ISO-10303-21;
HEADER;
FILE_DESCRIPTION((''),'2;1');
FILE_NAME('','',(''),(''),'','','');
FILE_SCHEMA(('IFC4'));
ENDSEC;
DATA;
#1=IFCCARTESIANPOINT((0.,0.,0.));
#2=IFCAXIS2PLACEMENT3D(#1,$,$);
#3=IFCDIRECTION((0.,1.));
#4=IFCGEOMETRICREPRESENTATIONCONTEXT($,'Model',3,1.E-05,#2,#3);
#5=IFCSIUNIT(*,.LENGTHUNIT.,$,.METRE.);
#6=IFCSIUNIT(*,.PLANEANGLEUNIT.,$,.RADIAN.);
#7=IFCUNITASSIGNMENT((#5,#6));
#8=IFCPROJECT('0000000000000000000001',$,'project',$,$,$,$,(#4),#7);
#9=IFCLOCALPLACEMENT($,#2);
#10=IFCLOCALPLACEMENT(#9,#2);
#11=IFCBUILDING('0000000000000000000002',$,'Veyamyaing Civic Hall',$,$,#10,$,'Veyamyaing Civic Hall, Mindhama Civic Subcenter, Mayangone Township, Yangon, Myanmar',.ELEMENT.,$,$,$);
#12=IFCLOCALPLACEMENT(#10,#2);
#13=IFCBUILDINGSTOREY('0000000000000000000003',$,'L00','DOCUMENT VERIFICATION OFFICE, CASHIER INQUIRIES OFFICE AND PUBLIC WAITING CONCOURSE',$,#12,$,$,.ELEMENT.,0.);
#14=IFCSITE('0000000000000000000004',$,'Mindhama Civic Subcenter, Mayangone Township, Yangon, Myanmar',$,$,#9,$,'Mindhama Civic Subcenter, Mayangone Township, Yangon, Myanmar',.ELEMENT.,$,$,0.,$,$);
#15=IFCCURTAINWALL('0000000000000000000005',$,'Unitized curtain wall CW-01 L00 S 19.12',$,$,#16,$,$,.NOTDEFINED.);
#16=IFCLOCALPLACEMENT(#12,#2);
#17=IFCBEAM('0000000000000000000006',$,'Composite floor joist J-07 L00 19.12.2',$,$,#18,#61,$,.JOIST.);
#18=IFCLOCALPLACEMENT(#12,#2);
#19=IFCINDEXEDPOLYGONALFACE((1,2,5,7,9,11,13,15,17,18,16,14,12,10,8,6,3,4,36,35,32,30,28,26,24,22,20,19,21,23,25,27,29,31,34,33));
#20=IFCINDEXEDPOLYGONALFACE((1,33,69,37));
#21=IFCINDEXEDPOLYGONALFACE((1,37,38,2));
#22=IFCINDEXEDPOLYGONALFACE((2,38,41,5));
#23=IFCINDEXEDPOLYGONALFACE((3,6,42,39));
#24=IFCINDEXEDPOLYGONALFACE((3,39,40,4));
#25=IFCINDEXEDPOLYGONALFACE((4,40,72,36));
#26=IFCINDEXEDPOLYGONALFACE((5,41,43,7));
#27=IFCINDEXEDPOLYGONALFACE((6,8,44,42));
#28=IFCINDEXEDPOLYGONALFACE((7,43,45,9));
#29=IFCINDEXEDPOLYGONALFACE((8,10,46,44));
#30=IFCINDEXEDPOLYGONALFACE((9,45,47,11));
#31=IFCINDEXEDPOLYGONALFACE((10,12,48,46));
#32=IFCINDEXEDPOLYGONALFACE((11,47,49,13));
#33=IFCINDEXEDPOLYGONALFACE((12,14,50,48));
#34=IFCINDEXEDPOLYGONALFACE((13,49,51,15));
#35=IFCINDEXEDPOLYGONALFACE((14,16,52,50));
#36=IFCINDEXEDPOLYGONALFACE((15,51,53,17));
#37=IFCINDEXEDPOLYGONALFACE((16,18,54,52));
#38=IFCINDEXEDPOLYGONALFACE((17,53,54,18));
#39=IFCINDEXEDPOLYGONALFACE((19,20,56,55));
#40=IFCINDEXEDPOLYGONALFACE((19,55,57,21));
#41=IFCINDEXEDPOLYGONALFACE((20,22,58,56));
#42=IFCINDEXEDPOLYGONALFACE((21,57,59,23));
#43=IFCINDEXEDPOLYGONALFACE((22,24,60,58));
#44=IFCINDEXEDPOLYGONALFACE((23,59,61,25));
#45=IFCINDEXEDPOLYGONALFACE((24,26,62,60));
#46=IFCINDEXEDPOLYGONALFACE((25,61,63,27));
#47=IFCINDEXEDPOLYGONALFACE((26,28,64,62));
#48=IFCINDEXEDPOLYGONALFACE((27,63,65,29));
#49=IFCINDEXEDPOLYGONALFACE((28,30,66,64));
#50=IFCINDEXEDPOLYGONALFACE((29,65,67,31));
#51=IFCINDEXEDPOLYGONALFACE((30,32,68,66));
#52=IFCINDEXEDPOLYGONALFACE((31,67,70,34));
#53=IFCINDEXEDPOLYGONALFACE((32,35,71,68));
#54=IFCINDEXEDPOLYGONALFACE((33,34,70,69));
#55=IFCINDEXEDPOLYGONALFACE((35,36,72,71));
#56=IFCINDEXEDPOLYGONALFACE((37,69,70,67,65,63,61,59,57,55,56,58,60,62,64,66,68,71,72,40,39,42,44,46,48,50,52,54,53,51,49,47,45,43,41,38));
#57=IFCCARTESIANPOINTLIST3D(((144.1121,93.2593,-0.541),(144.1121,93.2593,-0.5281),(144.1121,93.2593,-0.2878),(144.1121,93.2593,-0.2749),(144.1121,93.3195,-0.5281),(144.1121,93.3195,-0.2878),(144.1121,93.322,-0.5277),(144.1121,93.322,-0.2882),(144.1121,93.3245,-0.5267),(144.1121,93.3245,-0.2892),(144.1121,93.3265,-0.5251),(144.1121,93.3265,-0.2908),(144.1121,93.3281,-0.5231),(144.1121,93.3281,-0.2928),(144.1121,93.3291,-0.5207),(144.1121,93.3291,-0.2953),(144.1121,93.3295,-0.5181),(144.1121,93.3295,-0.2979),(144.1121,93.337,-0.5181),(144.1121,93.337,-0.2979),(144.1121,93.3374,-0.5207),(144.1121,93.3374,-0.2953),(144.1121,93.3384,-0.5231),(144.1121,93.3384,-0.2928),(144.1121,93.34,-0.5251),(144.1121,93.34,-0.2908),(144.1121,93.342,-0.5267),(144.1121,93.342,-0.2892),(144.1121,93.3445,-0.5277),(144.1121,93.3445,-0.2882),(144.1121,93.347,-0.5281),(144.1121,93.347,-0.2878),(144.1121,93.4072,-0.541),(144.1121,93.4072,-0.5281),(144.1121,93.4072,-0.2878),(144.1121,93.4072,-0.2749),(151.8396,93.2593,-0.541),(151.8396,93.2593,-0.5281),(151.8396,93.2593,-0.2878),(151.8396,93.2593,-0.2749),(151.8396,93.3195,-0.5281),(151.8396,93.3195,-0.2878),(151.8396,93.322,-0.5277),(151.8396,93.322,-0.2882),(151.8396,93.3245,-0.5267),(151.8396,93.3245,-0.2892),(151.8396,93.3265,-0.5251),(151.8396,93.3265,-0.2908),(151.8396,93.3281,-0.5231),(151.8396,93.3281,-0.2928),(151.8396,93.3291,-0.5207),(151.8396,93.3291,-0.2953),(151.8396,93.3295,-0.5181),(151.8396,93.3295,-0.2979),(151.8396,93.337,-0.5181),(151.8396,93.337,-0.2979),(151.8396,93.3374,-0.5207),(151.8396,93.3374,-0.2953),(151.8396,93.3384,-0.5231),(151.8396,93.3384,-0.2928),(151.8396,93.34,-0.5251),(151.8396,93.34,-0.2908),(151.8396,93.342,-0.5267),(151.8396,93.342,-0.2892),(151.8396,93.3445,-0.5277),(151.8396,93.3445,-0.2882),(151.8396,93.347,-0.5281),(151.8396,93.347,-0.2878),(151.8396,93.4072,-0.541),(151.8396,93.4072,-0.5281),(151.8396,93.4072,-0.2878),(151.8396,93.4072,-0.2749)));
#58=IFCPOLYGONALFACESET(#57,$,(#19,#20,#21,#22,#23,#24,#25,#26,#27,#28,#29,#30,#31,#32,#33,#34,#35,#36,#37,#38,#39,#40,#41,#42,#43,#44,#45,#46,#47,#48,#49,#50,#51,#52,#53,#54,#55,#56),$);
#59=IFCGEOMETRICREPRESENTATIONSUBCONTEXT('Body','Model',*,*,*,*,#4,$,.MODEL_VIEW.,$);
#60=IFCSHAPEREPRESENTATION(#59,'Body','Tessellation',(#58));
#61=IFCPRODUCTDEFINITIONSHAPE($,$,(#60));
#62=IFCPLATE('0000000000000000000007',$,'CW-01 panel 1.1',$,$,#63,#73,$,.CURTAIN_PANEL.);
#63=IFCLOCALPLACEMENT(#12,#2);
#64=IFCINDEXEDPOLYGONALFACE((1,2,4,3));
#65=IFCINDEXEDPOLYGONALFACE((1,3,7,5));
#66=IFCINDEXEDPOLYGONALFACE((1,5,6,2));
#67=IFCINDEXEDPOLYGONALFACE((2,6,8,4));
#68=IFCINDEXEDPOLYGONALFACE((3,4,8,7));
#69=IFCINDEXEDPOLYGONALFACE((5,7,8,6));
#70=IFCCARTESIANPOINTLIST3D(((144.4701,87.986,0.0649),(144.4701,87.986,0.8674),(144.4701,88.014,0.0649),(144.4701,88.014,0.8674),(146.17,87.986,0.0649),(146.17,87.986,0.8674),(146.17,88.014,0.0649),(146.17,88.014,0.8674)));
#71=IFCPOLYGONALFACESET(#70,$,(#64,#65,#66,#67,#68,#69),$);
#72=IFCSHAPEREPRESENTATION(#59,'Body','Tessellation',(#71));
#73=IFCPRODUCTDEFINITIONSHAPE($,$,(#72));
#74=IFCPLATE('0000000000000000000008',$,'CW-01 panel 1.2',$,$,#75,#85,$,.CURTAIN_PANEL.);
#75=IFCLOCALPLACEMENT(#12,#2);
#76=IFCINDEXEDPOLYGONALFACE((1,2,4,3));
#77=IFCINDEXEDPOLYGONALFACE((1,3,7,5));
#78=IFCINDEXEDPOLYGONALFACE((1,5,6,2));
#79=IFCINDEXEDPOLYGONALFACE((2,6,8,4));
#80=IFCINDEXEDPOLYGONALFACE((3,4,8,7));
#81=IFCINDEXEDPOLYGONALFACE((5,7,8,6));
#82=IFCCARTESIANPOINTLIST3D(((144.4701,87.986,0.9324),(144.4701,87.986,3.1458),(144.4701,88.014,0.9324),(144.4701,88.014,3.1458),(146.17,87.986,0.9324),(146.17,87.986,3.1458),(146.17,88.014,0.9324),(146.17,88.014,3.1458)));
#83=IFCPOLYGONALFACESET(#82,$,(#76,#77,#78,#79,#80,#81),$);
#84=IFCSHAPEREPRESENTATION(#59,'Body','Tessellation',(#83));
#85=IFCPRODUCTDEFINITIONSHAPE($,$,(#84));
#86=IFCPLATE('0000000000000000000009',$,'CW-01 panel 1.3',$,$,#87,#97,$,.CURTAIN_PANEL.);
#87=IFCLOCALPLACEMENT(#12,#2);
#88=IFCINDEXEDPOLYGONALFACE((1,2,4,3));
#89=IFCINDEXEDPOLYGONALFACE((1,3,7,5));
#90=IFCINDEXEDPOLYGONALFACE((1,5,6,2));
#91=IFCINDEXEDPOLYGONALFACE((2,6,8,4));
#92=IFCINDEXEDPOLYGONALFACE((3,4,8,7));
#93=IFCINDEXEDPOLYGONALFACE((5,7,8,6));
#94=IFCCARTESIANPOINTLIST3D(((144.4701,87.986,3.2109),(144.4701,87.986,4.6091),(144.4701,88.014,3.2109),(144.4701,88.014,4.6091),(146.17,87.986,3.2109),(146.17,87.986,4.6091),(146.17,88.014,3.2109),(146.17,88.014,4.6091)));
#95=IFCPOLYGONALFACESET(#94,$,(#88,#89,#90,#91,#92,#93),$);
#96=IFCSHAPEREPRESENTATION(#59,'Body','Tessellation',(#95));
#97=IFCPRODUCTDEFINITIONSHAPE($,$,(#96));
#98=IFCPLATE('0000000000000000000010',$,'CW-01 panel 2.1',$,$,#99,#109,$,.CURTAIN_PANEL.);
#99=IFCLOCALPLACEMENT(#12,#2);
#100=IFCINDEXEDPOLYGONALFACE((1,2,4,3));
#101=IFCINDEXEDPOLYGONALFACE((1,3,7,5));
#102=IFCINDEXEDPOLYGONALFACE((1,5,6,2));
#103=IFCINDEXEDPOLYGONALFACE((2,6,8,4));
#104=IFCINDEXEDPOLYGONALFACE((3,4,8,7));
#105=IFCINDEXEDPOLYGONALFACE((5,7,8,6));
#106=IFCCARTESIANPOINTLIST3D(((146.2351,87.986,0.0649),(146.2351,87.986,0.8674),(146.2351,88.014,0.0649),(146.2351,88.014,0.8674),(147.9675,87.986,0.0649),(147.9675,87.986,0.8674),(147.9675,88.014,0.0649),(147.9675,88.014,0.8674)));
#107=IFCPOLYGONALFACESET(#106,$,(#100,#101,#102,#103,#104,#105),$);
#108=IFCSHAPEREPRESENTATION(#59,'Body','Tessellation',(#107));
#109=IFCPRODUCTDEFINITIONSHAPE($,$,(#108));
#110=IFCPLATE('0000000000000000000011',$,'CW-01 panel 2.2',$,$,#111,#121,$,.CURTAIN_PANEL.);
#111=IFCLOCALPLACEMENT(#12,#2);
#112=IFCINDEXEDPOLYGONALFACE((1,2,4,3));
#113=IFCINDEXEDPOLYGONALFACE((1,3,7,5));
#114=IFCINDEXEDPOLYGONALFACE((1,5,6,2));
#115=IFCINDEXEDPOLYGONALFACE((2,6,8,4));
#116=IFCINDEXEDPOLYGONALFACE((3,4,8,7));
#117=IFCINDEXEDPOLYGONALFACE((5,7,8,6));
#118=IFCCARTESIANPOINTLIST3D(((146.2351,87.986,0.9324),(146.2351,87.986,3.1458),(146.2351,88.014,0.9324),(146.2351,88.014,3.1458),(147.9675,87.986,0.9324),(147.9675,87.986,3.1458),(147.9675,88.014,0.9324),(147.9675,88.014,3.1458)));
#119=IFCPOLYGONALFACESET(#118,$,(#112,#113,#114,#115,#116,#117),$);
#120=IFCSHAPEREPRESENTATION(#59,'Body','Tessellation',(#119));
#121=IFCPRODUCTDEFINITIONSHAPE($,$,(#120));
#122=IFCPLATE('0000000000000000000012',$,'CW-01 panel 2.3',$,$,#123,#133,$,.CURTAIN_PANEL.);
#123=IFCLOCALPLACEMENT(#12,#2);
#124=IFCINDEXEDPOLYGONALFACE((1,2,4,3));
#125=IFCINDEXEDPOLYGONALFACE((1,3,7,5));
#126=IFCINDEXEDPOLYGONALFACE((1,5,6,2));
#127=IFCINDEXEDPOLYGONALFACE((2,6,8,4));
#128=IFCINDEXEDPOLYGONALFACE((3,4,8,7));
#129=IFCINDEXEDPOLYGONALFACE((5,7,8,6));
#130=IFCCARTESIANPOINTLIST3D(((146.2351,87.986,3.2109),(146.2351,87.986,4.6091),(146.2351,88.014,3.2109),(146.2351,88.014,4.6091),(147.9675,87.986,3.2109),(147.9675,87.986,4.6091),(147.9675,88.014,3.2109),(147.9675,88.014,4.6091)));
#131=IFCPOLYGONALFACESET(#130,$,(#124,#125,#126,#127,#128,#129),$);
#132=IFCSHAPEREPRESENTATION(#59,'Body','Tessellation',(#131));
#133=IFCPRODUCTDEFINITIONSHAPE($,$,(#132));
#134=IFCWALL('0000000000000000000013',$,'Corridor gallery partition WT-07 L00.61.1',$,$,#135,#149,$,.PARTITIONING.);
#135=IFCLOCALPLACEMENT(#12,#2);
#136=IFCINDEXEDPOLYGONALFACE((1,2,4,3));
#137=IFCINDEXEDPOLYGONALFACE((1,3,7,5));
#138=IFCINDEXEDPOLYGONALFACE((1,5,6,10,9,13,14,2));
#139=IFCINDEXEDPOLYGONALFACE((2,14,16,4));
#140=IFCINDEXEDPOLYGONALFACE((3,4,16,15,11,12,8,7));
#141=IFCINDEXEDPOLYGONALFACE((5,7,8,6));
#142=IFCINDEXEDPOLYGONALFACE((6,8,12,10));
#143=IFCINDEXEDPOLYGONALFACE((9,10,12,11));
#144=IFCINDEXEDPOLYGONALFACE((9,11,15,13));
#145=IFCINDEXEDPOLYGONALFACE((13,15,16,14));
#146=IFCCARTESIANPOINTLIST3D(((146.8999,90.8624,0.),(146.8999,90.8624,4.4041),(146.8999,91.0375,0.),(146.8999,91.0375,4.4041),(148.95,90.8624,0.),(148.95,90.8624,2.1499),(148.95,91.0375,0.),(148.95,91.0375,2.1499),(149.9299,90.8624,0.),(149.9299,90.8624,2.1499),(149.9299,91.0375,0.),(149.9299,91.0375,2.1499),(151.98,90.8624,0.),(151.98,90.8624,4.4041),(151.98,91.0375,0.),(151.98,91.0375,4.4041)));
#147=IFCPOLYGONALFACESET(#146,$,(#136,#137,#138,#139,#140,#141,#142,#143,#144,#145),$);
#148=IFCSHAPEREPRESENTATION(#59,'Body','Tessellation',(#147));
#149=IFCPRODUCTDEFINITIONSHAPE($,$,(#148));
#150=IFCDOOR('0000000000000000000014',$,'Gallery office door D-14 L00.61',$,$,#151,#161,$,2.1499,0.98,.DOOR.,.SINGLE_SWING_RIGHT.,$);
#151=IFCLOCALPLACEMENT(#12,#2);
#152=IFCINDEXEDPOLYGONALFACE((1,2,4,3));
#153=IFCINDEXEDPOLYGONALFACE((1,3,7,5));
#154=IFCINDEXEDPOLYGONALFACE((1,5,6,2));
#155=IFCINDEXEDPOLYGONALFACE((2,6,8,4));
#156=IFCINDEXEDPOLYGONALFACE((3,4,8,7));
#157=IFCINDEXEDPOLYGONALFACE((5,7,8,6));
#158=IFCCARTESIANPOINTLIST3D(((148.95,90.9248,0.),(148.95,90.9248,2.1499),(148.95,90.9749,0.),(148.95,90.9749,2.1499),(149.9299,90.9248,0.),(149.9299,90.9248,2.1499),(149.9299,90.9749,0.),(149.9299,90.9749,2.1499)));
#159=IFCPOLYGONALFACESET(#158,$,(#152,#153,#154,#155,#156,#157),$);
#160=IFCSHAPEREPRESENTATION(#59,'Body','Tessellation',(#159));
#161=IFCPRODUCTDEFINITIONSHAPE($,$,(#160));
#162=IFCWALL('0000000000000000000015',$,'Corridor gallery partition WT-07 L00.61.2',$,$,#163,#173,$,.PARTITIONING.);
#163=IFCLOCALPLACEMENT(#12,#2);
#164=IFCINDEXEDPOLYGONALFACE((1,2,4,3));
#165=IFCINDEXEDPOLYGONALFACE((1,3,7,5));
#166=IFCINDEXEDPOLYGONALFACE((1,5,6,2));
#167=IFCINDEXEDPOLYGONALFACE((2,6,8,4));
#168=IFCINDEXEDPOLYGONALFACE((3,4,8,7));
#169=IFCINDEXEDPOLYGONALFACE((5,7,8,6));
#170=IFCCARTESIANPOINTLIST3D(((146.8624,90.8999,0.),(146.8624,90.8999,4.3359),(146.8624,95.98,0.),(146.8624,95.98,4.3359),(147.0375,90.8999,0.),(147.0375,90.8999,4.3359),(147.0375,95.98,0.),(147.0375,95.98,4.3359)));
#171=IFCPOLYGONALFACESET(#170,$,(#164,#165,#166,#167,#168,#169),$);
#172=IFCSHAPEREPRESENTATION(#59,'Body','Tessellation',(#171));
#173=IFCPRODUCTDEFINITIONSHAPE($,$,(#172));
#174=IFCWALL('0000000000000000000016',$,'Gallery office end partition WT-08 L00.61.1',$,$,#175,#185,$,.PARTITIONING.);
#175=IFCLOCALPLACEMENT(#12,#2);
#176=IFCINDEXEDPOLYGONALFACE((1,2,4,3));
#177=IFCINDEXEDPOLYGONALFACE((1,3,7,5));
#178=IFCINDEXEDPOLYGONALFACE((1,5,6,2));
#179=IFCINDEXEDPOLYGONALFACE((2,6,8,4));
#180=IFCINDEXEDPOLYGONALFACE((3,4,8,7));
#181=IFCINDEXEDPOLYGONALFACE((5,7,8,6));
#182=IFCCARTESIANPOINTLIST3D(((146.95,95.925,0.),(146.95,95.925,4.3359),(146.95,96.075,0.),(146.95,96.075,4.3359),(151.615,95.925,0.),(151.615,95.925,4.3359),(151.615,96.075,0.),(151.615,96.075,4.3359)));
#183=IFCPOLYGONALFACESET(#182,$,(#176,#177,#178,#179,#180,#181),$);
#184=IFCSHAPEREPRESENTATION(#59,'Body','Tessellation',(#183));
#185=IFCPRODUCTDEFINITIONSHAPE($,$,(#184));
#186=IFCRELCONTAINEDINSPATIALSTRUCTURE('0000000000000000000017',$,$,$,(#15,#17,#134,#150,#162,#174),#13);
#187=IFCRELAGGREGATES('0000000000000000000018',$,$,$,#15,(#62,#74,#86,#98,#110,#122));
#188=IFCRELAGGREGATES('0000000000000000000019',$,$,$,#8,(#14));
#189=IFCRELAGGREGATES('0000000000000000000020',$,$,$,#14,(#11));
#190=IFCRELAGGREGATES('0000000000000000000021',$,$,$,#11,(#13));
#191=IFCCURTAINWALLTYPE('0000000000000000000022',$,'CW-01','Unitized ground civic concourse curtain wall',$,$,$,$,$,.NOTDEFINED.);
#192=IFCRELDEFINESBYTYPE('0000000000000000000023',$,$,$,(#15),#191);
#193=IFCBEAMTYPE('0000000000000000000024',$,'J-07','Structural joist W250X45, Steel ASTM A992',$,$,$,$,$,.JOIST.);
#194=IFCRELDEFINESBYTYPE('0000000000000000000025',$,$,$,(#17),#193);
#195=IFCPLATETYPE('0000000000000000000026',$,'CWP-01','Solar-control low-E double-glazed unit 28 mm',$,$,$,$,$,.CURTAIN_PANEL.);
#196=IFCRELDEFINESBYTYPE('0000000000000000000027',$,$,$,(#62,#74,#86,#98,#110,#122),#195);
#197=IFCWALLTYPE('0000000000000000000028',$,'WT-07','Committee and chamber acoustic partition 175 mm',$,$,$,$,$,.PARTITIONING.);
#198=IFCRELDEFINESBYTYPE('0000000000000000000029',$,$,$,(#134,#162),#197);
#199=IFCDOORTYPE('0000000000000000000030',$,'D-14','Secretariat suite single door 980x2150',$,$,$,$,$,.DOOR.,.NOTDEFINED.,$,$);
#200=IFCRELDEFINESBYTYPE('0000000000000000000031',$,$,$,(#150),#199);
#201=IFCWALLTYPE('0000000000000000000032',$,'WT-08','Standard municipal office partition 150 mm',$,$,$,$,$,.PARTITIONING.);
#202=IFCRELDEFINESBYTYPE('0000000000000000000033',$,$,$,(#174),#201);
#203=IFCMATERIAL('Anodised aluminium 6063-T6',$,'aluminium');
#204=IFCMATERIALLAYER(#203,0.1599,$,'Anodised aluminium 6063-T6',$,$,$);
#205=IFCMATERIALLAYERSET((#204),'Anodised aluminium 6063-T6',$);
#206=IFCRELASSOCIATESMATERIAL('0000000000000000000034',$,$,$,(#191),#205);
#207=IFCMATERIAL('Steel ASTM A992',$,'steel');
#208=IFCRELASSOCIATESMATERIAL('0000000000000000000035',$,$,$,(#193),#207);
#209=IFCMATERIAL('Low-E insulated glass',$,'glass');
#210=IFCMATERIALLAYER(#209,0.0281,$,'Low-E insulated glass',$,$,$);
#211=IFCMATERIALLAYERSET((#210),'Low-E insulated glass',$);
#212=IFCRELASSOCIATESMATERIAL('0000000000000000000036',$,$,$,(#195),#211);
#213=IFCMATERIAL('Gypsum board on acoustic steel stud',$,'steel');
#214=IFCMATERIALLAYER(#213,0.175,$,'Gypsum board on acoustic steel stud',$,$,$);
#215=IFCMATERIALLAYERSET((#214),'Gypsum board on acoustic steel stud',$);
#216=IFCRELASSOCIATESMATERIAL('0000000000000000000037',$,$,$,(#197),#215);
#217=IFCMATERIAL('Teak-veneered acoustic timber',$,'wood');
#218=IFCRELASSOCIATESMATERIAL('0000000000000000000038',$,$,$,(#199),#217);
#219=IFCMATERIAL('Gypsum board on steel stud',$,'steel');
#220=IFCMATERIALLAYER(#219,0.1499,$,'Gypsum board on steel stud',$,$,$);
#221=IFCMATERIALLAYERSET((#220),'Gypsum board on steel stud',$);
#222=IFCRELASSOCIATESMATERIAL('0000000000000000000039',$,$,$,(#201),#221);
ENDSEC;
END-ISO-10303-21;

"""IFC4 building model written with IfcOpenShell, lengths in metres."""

from ifc_helpers import new_model, si_unit, direction, frame, frame_2d, origin, origin_2d, place, context, subcontext, project, spatial, rectangle, i_section, extrude, material, layer, layer_set, material_profile, profile_set, type_object, element, fill, aggregate, save


model = new_model("IFC4")

# Units and contexts
model_context = context("Model", 3, precision=1e-05, world=origin(), true_north=direction((0.0, 1.0)))
body_context = subcontext(model_context, "Body", "Model", "MODEL_VIEW")
ifc_project = project(units=[si_unit("LENGTHUNIT", "METRE"), si_unit("PLANEANGLEUNIT", "RADIAN")], contexts=[model_context])

# Site, building, storey
site_placement = place(None, origin())
site = spatial("IfcSite", under=ifc_project, at=site_placement, Name="Mindhama Civic Subcenter, Mayangone Township, Yangon, Myanmar", LongName="Mindhama Civic Subcenter, Mayangone Township, Yangon, Myanmar", CompositionType="ELEMENT", RefElevation=0.0)
building_placement = place(site_placement, origin())
building = spatial("IfcBuilding", under=site, at=building_placement, Name="Veyamyaing Civic Hall", LongName="Veyamyaing Civic Hall, Mindhama Civic Subcenter, Mayangone Township, Yangon, Myanmar", CompositionType="ELEMENT")
storey_placement = place(building_placement, origin())
storey = spatial("IfcBuildingStorey", under=building, at=storey_placement, Name="L00", Description="DOCUMENT VERIFICATION OFFICE, CASHIER INQUIRIES OFFICE AND PUBLIC WAITING CONCOURSE", CompositionType="ELEMENT", Elevation=0.0)

# Shared definitions
ifc_material_1 = material(Name="Steel ASTM A992", Category="steel")

# Curtain wall
ifc_material_2 = material(Name="Anodised aluminium 6063-T6", Category="aluminium")
ifc_layer_1 = layer(ifc_material_2, 0.1599, Name="Anodised aluminium 6063-T6")
ifc_layer_set_1 = layer_set([ifc_layer_1], Name="Anodised aluminium 6063-T6")
curtain_wall_type = type_object("IfcCurtainWallType", Name="CW-01", Description="Unitized ground civic concourse curtain wall", PredefinedType="NOTDEFINED", material=ifc_layer_set_1)
curtain_wall_placement = place(storey_placement, origin())
curtain_wall = element("IfcCurtainWall", 1, at=curtain_wall_placement, inside=storey, type_object=curtain_wall_type, Name="Unitized curtain wall CW-01 L00 S 19.12", PredefinedType="NOTDEFINED")

# Beam
ifc_material_profile_1 = material_profile(ifc_material_1, i_section(OverallWidth=0.1479, OverallDepth=0.2661, WebThickness=0.0076, FlangeThickness=0.0129, FilletRadius=0.01, at=origin_2d()), Name="W250X45")
ifc_profile_set_1 = profile_set([ifc_material_profile_1], Name="Steel ASTM A992")
beam_type_1 = type_object("IfcBeamType", Name="J-07", Description="Structural joist W250X45, Steel ASTM A992", PredefinedType="JOIST", material=ifc_profile_set_1)
for number, where, z_axis, x_axis, name in (
    (2, (144.1121, 93.3333, -0.408), (1.0, 0.0, 0.0), (0.0, 1.0, 0.0), "Composite floor joist J-07 L00 19.12.2"),
):
    element("IfcBeam", number, at=place(storey_placement, frame(where, z_axis=z_axis, x_axis=x_axis)), inside=storey, type_object=beam_type_1, Name=name, PredefinedType="JOIST", context=body_context, shape_type="SweptSolid", body=[
        extrude(i_section(OverallWidth=0.1479, OverallDepth=0.2661, WebThickness=0.0076, FlangeThickness=0.0129, FilletRadius=0.01, at=origin_2d()), origin(), (0.0, 0.0, 1.0), 7.7275),
    ])

# Plates
ifc_material_3 = material(Name="Low-E insulated glass", Category="glass")
ifc_layer_2 = layer(ifc_material_3, 0.0281, Name="Low-E insulated glass")
ifc_layer_set_2 = layer_set([ifc_layer_2], Name="Low-E insulated glass")
plate_type = type_object("IfcPlateType", Name="CWP-01", Description="Solar-control low-E double-glazed unit 28 mm", PredefinedType="CURTAIN_PANEL", material=ifc_layer_set_2)
plate_1_placement = place(storey_placement, frame((145.3201, 88.0, 0.0649), z_axis=(0.0, 0.0, 1.0), x_axis=(1.0, 0.0, 0.0)))
plate_1 = element("IfcPlate", 3, at=plate_1_placement, type_object=plate_type, Name="CW-01 panel 1.1", PredefinedType="CURTAIN_PANEL", context=body_context, shape_type="SweptSolid", body=[
    extrude(rectangle(XDim=1.7, YDim=0.0281, at=origin_2d()), origin(), (0.0, 0.0, 1.0), 0.8025),
])
plate_2_placement = place(storey_placement, frame((145.3201, 88.0, 0.9324), z_axis=(0.0, 0.0, 1.0), x_axis=(1.0, 0.0, 0.0)))
plate_2 = element("IfcPlate", 4, at=plate_2_placement, type_object=plate_type, Name="CW-01 panel 1.2", PredefinedType="CURTAIN_PANEL", context=body_context, shape_type="SweptSolid", body=[
    extrude(rectangle(XDim=1.7, YDim=0.0281, at=origin_2d()), origin(), (0.0, 0.0, 1.0), 2.2134),
])
plate_3_placement = place(storey_placement, frame((145.3201, 88.0, 3.2109), z_axis=(0.0, 0.0, 1.0), x_axis=(1.0, 0.0, 0.0)))
plate_3 = element("IfcPlate", 5, at=plate_3_placement, type_object=plate_type, Name="CW-01 panel 1.3", PredefinedType="CURTAIN_PANEL", context=body_context, shape_type="SweptSolid", body=[
    extrude(rectangle(XDim=1.7, YDim=0.0281, at=origin_2d()), origin(), (0.0, 0.0, 1.0), 1.3982),
])
plate_4_placement = place(storey_placement, frame((147.1013, 88.0, 0.0649), z_axis=(0.0, 0.0, 1.0), x_axis=(1.0, 0.0, 0.0)))
plate_4 = element("IfcPlate", 6, at=plate_4_placement, type_object=plate_type, Name="CW-01 panel 2.1", PredefinedType="CURTAIN_PANEL", context=body_context, shape_type="SweptSolid", body=[
    extrude(rectangle(XDim=1.7324, YDim=0.0281, at=origin_2d()), origin(), (0.0, 0.0, 1.0), 0.8025),
])
plate_5_placement = place(storey_placement, frame((147.1013, 88.0, 0.9324), z_axis=(0.0, 0.0, 1.0), x_axis=(1.0, 0.0, 0.0)))
plate_5 = element("IfcPlate", 7, at=plate_5_placement, type_object=plate_type, Name="CW-01 panel 2.2", PredefinedType="CURTAIN_PANEL", context=body_context, shape_type="SweptSolid", body=[
    extrude(rectangle(XDim=1.7324, YDim=0.0281, at=origin_2d()), origin(), (0.0, 0.0, 1.0), 2.2134),
])
plate_6_placement = place(storey_placement, frame((147.1013, 88.0, 3.2109), z_axis=(0.0, 0.0, 1.0), x_axis=(1.0, 0.0, 0.0)))
plate_6 = element("IfcPlate", 8, at=plate_6_placement, type_object=plate_type, Name="CW-01 panel 2.3", PredefinedType="CURTAIN_PANEL", context=body_context, shape_type="SweptSolid", body=[
    extrude(rectangle(XDim=1.7324, YDim=0.0281, at=origin_2d()), origin(), (0.0, 0.0, 1.0), 1.3982),
])
aggregate(curtain_wall, [plate_1, plate_2, plate_3, plate_4, plate_5, plate_6])

# Wall, opening, door
ifc_material_4 = material(Name="Gypsum board on acoustic steel stud", Category="steel")
ifc_layer_3 = layer(ifc_material_4, 0.175, Name="Gypsum board on acoustic steel stud")
ifc_layer_set_3 = layer_set([ifc_layer_3], Name="Gypsum board on acoustic steel stud")
wall_type_1 = type_object("IfcWallType", Name="WT-07", Description="Committee and chamber acoustic partition 175 mm", PredefinedType="PARTITIONING", material=ifc_layer_set_3)
wall_1_placement = place(storey_placement, frame((146.8999, 90.95, 0.0), z_axis=(0.0, 0.0, 1.0), x_axis=(1.0, 0.0, 0.0)))
wall_1 = element("IfcWall", 9, at=wall_1_placement, inside=storey, type_object=wall_type_1, Name="Corridor gallery partition WT-07 L00.61.1", PredefinedType="PARTITIONING", context=body_context, shape_type="SweptSolid", body=[
    extrude(rectangle(XDim=5.0801, YDim=0.175, at=frame_2d((2.54, 0.0))), origin(), (0.0, 0.0, 1.0), 4.4041),
])
opening_placement = place(wall_1_placement, frame((2.05, 0.0, 0.0)))
opening = element("IfcOpeningElement", 10, at=opening_placement, cuts=wall_1, PredefinedType="OPENING", context=body_context, shape_type="SweptSolid", body=[
    extrude(rectangle(XDim=0.98, YDim=2.1499, at=frame_2d((0.49, 1.075))), frame((0.0, 0.0974, 0.0), z_axis=(0.0, -1.0, 0.0), x_axis=(1.0, 0.0, 0.0)), (0.0, 0.0, 1.0), 0.1951),
])
ifc_material_5 = material(Name="Teak-veneered acoustic timber", Category="wood")
door_type = type_object("IfcDoorType", Name="D-14", Description="Secretariat suite single door 980x2150", OperationType="NOTDEFINED", PredefinedType="DOOR", material=ifc_material_5)
door_placement = place(opening_placement, origin())
door = element("IfcDoor", 11, at=door_placement, inside=storey, type_object=door_type, Name="Gallery office door D-14 L00.61", OperationType="SINGLE_SWING_RIGHT", OverallHeight=2.1499, OverallWidth=0.98, PredefinedType="DOOR", context=body_context, shape_type="SweptSolid", body=[
    extrude(rectangle(XDim=0.98, YDim=2.1499, at=frame_2d((0.49, 1.075))), frame((0.0, 0.0249, 0.0), z_axis=(0.0, -1.0, 0.0), x_axis=(1.0, 0.0, 0.0)), (0.0, 0.0, 1.0), 0.05),
])
fill(opening, door)

# Walls
wall_2_placement = place(storey_placement, frame((146.95, 90.8999, 0.0), z_axis=(0.0, 0.0, 1.0), x_axis=(0.0, 1.0, 0.0)))
element("IfcWall", 12, at=wall_2_placement, inside=storey, type_object=wall_type_1, Name="Corridor gallery partition WT-07 L00.61.2", PredefinedType="PARTITIONING", context=body_context, shape_type="SweptSolid", body=[
    extrude(rectangle(XDim=5.0801, YDim=0.175, at=frame_2d((2.54, 0.0))), origin(), (0.0, 0.0, 1.0), 4.3359),
])
ifc_material_6 = material(Name="Gypsum board on steel stud", Category="steel")
ifc_layer_4 = layer(ifc_material_6, 0.1499, Name="Gypsum board on steel stud")
ifc_layer_set_4 = layer_set([ifc_layer_4], Name="Gypsum board on steel stud")
wall_type_2 = type_object("IfcWallType", Name="WT-08", Description="Standard municipal office partition 150 mm", PredefinedType="PARTITIONING", material=ifc_layer_set_4)
wall_3_placement = place(storey_placement, frame((146.95, 96.0, 0.0), z_axis=(0.0, 0.0, 1.0), x_axis=(1.0, 0.0, 0.0)))
element("IfcWall", 13, at=wall_3_placement, inside=storey, type_object=wall_type_2, Name="Gallery office end partition WT-08 L00.61.1", PredefinedType="PARTITIONING", context=body_context, shape_type="SweptSolid", body=[
    extrude(rectangle(XDim=4.665, YDim=0.1499, at=frame_2d((2.3325, 0.0))), origin(), (0.0, 0.0, 1.0), 4.3359),
])

save(model, "model.ifc")
